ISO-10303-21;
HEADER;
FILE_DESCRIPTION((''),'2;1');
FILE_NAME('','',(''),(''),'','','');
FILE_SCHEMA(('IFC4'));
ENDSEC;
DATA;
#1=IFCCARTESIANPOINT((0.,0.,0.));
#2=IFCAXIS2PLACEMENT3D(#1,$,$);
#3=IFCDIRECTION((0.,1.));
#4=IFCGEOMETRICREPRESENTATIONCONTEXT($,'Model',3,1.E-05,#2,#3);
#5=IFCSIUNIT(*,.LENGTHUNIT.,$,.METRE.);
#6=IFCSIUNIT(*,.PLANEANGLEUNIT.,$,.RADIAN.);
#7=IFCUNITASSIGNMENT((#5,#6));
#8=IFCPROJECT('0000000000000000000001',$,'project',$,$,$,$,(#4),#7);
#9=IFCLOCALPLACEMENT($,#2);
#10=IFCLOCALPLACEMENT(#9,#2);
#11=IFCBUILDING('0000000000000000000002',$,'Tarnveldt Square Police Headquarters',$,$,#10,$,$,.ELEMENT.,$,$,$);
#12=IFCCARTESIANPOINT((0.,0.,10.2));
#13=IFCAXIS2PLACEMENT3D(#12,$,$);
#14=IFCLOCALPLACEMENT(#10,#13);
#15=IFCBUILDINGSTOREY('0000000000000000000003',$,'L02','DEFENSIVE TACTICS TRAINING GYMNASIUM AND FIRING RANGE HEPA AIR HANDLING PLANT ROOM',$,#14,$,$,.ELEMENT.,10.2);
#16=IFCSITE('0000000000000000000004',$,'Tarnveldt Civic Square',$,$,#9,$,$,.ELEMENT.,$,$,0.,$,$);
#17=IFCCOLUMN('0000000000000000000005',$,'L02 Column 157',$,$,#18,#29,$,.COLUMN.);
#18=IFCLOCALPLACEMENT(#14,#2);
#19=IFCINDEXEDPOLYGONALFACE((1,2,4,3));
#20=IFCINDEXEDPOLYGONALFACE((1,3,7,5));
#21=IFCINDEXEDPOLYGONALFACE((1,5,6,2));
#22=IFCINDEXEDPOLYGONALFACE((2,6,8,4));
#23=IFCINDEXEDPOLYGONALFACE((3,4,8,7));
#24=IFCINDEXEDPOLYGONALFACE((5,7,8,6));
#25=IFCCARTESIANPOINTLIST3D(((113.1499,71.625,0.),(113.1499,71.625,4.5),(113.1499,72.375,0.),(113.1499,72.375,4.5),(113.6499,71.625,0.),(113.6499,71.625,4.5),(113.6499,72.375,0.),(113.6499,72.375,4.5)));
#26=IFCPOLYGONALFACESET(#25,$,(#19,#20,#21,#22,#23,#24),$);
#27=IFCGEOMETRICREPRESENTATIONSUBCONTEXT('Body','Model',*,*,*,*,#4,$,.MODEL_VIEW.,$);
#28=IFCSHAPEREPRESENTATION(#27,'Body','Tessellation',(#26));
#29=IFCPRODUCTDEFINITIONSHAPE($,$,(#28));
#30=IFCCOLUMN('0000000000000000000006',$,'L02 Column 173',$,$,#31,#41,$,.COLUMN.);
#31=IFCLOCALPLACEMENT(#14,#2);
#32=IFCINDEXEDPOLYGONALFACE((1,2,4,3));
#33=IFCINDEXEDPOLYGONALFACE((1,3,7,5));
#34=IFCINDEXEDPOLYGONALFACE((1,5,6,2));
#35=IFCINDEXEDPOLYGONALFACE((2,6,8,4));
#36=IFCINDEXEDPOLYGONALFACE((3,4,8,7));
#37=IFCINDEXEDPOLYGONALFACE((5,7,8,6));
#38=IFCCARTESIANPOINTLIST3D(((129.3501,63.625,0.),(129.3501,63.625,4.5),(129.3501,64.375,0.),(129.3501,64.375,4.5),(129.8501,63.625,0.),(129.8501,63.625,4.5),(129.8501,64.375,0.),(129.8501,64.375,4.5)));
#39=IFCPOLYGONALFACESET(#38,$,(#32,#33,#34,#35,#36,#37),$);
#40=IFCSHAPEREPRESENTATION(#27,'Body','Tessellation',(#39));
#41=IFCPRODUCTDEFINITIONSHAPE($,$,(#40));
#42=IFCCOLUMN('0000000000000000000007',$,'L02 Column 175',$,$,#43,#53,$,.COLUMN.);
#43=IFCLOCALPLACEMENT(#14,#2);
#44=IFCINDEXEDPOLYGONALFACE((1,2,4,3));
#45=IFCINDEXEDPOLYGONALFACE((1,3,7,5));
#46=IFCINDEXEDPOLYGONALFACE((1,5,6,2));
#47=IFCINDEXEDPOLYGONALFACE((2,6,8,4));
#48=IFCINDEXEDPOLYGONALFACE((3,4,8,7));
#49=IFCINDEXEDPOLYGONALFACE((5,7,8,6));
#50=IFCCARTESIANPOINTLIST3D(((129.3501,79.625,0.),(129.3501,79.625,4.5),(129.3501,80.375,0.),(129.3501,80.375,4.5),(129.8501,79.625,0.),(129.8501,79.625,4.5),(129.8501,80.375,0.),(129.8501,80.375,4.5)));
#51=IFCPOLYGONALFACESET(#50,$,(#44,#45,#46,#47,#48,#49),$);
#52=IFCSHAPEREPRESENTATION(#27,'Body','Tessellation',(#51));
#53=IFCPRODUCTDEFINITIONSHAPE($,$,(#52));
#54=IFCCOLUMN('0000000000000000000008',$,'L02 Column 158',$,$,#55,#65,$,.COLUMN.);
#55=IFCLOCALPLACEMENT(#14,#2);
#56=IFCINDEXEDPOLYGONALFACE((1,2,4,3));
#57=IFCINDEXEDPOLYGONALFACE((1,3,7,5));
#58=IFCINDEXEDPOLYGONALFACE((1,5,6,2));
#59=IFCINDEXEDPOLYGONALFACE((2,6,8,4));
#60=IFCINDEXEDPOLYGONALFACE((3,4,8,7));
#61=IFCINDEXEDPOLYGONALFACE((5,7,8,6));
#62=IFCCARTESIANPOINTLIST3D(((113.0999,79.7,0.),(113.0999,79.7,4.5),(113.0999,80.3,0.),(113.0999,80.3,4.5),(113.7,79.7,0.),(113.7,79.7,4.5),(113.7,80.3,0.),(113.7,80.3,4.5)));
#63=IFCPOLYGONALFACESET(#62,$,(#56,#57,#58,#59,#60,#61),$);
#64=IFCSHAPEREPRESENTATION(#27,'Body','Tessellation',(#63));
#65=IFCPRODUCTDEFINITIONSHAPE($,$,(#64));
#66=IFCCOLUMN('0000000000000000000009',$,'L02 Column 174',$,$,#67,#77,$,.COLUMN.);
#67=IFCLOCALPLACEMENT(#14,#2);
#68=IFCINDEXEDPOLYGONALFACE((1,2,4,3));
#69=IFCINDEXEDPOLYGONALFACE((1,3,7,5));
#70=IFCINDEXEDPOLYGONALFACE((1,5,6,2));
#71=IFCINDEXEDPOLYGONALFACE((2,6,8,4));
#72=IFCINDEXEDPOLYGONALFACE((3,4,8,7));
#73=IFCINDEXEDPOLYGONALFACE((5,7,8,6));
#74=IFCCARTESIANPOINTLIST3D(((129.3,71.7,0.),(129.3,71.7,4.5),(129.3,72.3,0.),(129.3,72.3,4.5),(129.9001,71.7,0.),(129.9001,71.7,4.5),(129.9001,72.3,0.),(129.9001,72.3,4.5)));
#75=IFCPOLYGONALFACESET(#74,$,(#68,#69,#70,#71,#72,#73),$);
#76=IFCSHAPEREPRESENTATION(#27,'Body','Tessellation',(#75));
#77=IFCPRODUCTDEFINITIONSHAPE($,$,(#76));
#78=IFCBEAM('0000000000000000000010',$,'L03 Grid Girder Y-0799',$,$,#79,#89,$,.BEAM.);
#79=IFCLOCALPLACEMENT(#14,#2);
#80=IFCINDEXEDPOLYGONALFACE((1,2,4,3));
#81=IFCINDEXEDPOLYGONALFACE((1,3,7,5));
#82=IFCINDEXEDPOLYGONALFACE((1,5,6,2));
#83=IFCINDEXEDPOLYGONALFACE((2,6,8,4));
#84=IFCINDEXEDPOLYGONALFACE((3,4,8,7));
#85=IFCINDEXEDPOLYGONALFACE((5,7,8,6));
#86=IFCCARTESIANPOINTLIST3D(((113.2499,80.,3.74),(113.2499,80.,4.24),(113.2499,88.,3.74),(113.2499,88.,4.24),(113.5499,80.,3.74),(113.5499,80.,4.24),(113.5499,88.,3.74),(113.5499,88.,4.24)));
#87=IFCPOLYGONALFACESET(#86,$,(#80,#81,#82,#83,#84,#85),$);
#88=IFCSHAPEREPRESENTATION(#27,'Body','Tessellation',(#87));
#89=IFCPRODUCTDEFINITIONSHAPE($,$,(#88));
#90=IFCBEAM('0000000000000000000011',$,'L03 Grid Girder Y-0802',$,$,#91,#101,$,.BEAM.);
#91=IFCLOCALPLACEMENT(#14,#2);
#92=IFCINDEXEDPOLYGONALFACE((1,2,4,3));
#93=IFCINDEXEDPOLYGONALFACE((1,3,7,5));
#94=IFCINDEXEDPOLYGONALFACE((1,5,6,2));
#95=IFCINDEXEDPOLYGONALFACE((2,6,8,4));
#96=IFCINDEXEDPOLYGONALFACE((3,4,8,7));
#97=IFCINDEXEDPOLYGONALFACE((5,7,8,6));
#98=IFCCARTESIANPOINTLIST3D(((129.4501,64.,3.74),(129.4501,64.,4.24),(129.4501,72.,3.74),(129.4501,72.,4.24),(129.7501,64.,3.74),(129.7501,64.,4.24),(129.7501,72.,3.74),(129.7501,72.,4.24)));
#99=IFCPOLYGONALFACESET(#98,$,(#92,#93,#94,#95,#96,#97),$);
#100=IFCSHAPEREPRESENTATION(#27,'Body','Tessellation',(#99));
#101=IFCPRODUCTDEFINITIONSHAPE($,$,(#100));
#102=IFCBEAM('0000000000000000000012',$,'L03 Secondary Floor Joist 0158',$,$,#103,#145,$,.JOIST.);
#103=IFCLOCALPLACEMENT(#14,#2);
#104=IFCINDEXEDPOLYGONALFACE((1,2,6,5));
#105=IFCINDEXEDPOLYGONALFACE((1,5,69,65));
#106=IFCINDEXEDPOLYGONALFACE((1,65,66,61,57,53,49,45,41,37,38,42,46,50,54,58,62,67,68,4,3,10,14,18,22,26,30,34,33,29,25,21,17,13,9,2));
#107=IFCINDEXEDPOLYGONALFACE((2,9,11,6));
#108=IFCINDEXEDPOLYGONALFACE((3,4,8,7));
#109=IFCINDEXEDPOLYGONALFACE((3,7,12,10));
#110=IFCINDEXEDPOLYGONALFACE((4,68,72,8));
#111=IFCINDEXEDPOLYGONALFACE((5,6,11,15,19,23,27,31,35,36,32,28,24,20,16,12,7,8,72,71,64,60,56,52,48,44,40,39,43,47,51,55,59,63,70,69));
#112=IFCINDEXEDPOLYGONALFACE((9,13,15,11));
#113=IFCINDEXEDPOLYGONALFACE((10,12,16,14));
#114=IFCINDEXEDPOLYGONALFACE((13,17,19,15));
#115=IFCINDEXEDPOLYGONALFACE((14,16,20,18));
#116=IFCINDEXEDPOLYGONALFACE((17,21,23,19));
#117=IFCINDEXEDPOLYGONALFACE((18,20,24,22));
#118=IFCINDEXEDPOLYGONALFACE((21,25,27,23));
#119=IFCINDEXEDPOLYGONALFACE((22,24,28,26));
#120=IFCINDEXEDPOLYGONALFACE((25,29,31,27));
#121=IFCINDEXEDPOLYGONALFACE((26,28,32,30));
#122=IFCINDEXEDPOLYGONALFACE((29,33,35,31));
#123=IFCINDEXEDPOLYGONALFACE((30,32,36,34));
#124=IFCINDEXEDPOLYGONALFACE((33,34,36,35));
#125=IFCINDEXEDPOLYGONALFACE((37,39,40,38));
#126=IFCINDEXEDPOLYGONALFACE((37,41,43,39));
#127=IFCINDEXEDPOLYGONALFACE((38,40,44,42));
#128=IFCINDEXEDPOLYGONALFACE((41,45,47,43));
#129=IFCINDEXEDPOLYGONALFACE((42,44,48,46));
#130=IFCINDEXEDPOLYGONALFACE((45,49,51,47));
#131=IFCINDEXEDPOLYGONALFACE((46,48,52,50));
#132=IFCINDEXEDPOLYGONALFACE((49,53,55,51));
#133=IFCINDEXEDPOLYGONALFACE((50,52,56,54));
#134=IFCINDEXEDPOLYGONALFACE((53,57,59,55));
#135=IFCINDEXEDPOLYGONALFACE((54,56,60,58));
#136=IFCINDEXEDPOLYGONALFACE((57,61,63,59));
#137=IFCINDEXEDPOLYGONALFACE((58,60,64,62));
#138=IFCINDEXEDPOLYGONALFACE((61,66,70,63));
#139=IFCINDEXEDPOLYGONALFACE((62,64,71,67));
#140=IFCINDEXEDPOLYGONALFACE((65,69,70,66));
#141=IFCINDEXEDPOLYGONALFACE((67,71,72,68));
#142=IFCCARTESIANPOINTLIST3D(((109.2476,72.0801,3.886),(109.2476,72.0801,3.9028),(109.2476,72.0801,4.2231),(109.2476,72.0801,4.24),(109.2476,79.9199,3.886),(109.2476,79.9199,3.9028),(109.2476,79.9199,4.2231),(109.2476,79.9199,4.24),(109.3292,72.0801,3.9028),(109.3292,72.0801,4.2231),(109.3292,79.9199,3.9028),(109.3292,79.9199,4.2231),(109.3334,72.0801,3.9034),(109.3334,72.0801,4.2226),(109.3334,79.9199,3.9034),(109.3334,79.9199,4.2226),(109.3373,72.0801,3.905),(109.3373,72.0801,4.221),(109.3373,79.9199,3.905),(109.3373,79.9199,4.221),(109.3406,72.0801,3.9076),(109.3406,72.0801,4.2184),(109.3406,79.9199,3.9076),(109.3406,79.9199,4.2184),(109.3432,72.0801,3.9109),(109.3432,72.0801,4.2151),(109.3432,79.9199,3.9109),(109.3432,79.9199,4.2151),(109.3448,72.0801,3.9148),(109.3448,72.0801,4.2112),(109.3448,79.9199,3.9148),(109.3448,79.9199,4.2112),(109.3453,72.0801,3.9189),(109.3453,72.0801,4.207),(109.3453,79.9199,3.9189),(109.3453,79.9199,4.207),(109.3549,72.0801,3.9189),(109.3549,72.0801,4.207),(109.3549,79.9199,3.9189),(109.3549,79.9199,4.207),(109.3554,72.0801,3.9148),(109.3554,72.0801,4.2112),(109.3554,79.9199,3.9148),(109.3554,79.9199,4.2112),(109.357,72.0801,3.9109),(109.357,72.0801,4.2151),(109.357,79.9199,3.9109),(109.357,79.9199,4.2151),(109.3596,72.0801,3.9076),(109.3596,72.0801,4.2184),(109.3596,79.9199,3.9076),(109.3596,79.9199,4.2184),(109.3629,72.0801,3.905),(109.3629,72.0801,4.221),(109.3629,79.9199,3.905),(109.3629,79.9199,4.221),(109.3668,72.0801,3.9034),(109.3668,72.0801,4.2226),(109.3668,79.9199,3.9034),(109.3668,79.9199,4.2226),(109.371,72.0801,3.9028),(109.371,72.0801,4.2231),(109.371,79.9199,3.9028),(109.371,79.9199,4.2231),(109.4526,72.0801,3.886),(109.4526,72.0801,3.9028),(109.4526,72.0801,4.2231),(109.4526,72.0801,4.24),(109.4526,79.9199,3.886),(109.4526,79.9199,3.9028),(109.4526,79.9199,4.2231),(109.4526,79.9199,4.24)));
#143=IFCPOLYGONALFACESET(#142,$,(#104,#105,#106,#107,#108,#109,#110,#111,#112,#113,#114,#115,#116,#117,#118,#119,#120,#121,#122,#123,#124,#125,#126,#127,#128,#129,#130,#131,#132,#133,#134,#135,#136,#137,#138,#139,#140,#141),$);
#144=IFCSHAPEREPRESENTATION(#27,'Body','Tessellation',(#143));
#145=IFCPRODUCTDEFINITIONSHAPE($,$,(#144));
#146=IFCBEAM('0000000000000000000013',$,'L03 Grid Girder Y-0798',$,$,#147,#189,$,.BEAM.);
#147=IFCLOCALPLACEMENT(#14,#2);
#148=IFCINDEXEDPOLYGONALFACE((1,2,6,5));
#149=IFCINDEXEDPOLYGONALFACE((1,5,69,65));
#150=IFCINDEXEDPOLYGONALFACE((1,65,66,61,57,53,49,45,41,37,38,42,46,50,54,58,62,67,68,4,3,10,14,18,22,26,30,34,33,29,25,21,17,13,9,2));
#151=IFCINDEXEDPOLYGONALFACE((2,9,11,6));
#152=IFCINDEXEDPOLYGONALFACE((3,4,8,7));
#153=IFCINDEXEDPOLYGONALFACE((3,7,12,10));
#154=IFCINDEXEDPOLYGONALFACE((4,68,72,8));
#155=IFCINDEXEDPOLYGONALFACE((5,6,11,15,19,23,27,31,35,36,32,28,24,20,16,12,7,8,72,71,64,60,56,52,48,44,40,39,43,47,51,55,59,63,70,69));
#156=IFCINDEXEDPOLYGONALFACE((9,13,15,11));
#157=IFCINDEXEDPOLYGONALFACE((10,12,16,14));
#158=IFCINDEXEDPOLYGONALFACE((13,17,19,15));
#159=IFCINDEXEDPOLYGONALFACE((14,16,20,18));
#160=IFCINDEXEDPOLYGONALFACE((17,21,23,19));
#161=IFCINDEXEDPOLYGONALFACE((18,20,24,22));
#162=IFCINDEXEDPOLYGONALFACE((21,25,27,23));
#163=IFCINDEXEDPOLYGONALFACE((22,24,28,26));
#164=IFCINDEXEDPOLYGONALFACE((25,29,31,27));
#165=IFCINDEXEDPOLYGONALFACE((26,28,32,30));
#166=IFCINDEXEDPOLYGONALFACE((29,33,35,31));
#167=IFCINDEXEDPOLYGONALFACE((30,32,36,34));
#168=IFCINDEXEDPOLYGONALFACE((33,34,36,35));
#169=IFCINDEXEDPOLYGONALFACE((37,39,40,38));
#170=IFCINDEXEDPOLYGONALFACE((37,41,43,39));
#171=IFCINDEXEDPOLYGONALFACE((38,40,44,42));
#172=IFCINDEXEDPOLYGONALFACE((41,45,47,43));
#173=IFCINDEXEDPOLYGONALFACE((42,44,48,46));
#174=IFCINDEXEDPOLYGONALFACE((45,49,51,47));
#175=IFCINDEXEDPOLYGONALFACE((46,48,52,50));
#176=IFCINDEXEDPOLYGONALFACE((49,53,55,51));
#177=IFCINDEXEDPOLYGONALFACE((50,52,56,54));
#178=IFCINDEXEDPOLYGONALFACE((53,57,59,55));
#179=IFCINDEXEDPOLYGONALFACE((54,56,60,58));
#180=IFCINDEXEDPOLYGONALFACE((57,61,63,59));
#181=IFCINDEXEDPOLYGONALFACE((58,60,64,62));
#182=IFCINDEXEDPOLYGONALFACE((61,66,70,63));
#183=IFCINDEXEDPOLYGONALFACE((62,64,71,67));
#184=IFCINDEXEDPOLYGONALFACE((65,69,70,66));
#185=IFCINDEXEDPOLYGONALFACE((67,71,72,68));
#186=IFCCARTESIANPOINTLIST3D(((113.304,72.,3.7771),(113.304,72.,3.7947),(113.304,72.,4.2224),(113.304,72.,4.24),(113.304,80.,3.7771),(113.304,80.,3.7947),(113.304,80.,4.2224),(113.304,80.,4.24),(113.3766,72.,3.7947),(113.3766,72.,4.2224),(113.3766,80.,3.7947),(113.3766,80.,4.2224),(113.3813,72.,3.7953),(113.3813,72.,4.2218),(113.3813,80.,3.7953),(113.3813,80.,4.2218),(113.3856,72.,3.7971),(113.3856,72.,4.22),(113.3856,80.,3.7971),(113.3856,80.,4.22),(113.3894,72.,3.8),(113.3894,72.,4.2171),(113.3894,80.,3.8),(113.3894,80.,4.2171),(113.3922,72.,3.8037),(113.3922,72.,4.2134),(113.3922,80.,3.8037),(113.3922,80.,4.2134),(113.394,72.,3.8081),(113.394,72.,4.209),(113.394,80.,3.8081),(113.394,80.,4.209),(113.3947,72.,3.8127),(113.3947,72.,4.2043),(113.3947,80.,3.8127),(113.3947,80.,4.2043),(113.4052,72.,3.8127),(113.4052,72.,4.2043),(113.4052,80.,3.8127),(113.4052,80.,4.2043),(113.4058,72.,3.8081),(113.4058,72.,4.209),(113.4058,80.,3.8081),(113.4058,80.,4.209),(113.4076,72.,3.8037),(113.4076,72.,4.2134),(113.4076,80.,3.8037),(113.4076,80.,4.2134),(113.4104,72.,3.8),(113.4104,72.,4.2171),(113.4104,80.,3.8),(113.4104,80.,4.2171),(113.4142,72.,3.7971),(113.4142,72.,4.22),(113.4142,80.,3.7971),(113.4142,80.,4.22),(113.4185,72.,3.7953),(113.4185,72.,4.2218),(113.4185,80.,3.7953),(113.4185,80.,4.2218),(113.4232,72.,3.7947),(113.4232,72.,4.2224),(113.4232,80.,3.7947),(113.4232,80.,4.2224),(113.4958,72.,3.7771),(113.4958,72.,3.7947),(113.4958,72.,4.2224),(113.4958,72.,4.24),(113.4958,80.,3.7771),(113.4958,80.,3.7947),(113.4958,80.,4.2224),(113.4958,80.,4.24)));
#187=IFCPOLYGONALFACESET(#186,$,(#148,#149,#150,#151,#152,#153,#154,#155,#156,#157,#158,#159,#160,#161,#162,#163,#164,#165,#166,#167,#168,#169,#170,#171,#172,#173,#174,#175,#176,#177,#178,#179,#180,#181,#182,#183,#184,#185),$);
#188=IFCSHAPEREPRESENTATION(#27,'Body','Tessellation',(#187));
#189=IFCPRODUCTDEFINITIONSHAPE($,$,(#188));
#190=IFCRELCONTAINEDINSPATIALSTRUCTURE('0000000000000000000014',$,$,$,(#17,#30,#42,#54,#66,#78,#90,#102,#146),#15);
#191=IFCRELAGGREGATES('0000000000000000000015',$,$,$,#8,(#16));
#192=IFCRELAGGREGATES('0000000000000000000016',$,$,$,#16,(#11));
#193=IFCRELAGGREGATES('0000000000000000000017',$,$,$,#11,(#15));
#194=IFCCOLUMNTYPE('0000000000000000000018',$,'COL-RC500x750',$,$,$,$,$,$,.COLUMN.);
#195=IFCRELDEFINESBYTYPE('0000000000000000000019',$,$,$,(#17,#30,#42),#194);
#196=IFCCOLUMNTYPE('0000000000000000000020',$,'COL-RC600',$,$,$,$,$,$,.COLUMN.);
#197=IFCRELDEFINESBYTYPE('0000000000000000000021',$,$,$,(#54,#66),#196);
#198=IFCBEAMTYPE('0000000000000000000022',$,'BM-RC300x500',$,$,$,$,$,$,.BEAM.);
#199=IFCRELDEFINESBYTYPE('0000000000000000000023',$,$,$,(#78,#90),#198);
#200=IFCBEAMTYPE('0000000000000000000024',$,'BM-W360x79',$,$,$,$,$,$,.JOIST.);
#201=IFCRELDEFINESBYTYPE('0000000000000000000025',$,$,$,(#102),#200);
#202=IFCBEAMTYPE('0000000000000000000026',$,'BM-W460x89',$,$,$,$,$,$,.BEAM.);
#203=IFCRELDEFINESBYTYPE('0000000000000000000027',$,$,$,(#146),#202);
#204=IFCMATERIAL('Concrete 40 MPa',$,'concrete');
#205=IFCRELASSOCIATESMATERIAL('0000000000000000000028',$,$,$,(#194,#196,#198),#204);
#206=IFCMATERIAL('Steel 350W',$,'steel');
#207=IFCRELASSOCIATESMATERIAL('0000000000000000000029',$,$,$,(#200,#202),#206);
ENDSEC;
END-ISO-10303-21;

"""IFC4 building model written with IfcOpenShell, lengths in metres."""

from ifc_helpers import new_model, si_unit, direction, frame, origin, origin_2d, place, context, subcontext, project, spatial, rectangle, i_section, extrude, material, material_profile, profile_set, type_object, element, save


model = new_model("IFC4")

# Units and contexts
model_context = context("Model", 3, precision=1e-05, world=origin(), true_north=direction((0.0, 1.0)))
body_context = subcontext(model_context, "Body", "Model", "MODEL_VIEW")
ifc_project = project(units=[si_unit("LENGTHUNIT", "METRE"), si_unit("PLANEANGLEUNIT", "RADIAN")], contexts=[model_context])

# Site, building, storey
site_placement = place(None, origin())
site = spatial("IfcSite", under=ifc_project, at=site_placement, Name="Tarnveldt Civic Square", CompositionType="ELEMENT", RefElevation=0.0)
building_placement = place(site_placement, origin())
building = spatial("IfcBuilding", under=site, at=building_placement, Name="Tarnveldt Square Police Headquarters", CompositionType="ELEMENT")
storey_placement = place(building_placement, frame((0.0, 0.0, 10.2)))
storey = spatial("IfcBuildingStorey", under=building, at=storey_placement, Name="L02", Description="DEFENSIVE TACTICS TRAINING GYMNASIUM AND FIRING RANGE HEPA AIR HANDLING PLANT ROOM", CompositionType="ELEMENT", Elevation=10.2)

# Columns
ifc_material_1 = material(Name="Concrete 40 MPa", Category="concrete")
ifc_material_profile_1 = material_profile(ifc_material_1, rectangle(XDim=0.5, YDim=0.75, at=origin_2d()), Name="RC-C500x750")
ifc_profile_set_1 = profile_set([ifc_material_profile_1], Name="Concrete 40 MPa")
column_type_1 = type_object("IfcColumnType", Name="COL-RC500x750", PredefinedType="COLUMN", material=ifc_profile_set_1)
for number, where, z_axis, x_axis, name in (
    (1, (113.3999, 72.0, 0.0), (0.0, 0.0, 1.0), (1.0, 0.0, 0.0), "L02 Column 157"),
    (2, (129.6001, 64.0, 0.0), (0.0, 0.0, 1.0), (1.0, 0.0, 0.0), "L02 Column 173"),
    (3, (129.6001, 80.0, 0.0), (0.0, 0.0, 1.0), (1.0, 0.0, 0.0), "L02 Column 175"),
):
    element("IfcColumn", number, at=place(storey_placement, frame(where, z_axis=z_axis, x_axis=x_axis)), inside=storey, type_object=column_type_1, Name=name, PredefinedType="COLUMN", context=body_context, shape_type="SweptSolid", body=[
        extrude(rectangle(XDim=0.5, YDim=0.75, at=origin_2d()), origin(), (0.0, 0.0, 1.0), 4.5),
    ])
ifc_material_profile_2 = material_profile(ifc_material_1, rectangle(XDim=0.6001, YDim=0.6001, at=origin_2d()), Name="RC-C600x600")
ifc_profile_set_2 = profile_set([ifc_material_profile_2], Name="Concrete 40 MPa")
column_type_2 = type_object("IfcColumnType", Name="COL-RC600", PredefinedType="COLUMN", material=ifc_profile_set_2)
for number, where, z_axis, x_axis, name in (
    (4, (113.3999, 80.0, 0.0), (0.0, 0.0, 1.0), (1.0, 0.0, 0.0), "L02 Column 158"),
    (5, (129.6001, 72.0, 0.0), (0.0, 0.0, 1.0), (1.0, 0.0, 0.0), "L02 Column 174"),
):
    element("IfcColumn", number, at=place(storey_placement, frame(where, z_axis=z_axis, x_axis=x_axis)), inside=storey, type_object=column_type_2, Name=name, PredefinedType="COLUMN", context=body_context, shape_type="SweptSolid", body=[
        extrude(rectangle(XDim=0.6001, YDim=0.6001, at=origin_2d()), origin(), (0.0, 0.0, 1.0), 4.5),
    ])

# Beams
ifc_material_profile_3 = material_profile(ifc_material_1, rectangle(XDim=0.3, YDim=0.5, at=origin_2d()), Name="RC-B300x500")
ifc_profile_set_3 = profile_set([ifc_material_profile_3], Name="Concrete 40 MPa")
beam_type_1 = type_object("IfcBeamType", Name="BM-RC300x500", PredefinedType="BEAM", material=ifc_profile_set_3)
for number, where, z_axis, x_axis, name in (
    (6, (113.3999, 80.0, 3.99), (0.0, 1.0, 0.0), (-1.0, 0.0, 0.0), "L03 Grid Girder Y-0799"),
    (7, (129.6001, 64.0, 3.99), (0.0, 1.0, 0.0), (-1.0, 0.0, 0.0), "L03 Grid Girder Y-0802"),
):
    element("IfcBeam", number, at=place(storey_placement, frame(where, z_axis=z_axis, x_axis=x_axis)), inside=storey, type_object=beam_type_1, Name=name, PredefinedType="BEAM", context=body_context, shape_type="SweptSolid", body=[
        extrude(rectangle(XDim=0.3, YDim=0.5, at=origin_2d()), origin(), (0.0, 0.0, 1.0), 8.0),
    ])
ifc_material_2 = material(Name="Steel 350W", Category="steel")
ifc_material_profile_4 = material_profile(ifc_material_2, i_section(OverallWidth=0.2051, OverallDepth=0.354, WebThickness=0.0095, FlangeThickness=0.0168, FilletRadius=0.0161, at=origin_2d()), Name="W360x79")
ifc_profile_set_4 = profile_set([ifc_material_profile_4], Name="Steel 350W")
beam_type_2 = type_object("IfcBeamType", Name="BM-W360x79", PredefinedType="JOIST", material=ifc_profile_set_4)
beam_placement = place(storey_placement, frame((109.3501, 72.0801, 4.063), z_axis=(0.0, 1.0, 0.0), x_axis=(-1.0, 0.0, 0.0)))
element("IfcBeam", 8, at=beam_placement, inside=storey, type_object=beam_type_2, Name="L03 Secondary Floor Joist 0158", PredefinedType="JOIST", context=body_context, shape_type="SweptSolid", body=[
    extrude(i_section(OverallWidth=0.2051, OverallDepth=0.354, WebThickness=0.0095, FlangeThickness=0.0168, FilletRadius=0.0161, at=origin_2d()), origin(), (0.0, 0.0, 1.0), 7.8398),
])
ifc_material_profile_5 = material_profile(ifc_material_2, i_section(OverallWidth=0.1919, OverallDepth=0.4629, WebThickness=0.0105, FlangeThickness=0.0176, FilletRadius=0.0181, at=origin_2d()), Name="W460x89")
ifc_profile_set_5 = profile_set([ifc_material_profile_5], Name="Steel 350W")
beam_type_3 = type_object("IfcBeamType", Name="BM-W460x89", PredefinedType="BEAM", material=ifc_profile_set_5)
for number, where, z_axis, x_axis, name in (
    (9, (113.3999, 72.0, 4.0085), (0.0, 1.0, 0.0), (-1.0, 0.0, 0.0), "L03 Grid Girder Y-0798"),
):
    element("IfcBeam", number, at=place(storey_placement, frame(where, z_axis=z_axis, x_axis=x_axis)), inside=storey, type_object=beam_type_3, Name=name, PredefinedType="BEAM", context=body_context, shape_type="SweptSolid", body=[
        extrude(i_section(OverallWidth=0.1919, OverallDepth=0.4629, WebThickness=0.0105, FlangeThickness=0.0176, FilletRadius=0.0181, at=origin_2d()), origin(), (0.0, 0.0, 1.0), 8.0),
    ])

save(model, "model.ifc")
